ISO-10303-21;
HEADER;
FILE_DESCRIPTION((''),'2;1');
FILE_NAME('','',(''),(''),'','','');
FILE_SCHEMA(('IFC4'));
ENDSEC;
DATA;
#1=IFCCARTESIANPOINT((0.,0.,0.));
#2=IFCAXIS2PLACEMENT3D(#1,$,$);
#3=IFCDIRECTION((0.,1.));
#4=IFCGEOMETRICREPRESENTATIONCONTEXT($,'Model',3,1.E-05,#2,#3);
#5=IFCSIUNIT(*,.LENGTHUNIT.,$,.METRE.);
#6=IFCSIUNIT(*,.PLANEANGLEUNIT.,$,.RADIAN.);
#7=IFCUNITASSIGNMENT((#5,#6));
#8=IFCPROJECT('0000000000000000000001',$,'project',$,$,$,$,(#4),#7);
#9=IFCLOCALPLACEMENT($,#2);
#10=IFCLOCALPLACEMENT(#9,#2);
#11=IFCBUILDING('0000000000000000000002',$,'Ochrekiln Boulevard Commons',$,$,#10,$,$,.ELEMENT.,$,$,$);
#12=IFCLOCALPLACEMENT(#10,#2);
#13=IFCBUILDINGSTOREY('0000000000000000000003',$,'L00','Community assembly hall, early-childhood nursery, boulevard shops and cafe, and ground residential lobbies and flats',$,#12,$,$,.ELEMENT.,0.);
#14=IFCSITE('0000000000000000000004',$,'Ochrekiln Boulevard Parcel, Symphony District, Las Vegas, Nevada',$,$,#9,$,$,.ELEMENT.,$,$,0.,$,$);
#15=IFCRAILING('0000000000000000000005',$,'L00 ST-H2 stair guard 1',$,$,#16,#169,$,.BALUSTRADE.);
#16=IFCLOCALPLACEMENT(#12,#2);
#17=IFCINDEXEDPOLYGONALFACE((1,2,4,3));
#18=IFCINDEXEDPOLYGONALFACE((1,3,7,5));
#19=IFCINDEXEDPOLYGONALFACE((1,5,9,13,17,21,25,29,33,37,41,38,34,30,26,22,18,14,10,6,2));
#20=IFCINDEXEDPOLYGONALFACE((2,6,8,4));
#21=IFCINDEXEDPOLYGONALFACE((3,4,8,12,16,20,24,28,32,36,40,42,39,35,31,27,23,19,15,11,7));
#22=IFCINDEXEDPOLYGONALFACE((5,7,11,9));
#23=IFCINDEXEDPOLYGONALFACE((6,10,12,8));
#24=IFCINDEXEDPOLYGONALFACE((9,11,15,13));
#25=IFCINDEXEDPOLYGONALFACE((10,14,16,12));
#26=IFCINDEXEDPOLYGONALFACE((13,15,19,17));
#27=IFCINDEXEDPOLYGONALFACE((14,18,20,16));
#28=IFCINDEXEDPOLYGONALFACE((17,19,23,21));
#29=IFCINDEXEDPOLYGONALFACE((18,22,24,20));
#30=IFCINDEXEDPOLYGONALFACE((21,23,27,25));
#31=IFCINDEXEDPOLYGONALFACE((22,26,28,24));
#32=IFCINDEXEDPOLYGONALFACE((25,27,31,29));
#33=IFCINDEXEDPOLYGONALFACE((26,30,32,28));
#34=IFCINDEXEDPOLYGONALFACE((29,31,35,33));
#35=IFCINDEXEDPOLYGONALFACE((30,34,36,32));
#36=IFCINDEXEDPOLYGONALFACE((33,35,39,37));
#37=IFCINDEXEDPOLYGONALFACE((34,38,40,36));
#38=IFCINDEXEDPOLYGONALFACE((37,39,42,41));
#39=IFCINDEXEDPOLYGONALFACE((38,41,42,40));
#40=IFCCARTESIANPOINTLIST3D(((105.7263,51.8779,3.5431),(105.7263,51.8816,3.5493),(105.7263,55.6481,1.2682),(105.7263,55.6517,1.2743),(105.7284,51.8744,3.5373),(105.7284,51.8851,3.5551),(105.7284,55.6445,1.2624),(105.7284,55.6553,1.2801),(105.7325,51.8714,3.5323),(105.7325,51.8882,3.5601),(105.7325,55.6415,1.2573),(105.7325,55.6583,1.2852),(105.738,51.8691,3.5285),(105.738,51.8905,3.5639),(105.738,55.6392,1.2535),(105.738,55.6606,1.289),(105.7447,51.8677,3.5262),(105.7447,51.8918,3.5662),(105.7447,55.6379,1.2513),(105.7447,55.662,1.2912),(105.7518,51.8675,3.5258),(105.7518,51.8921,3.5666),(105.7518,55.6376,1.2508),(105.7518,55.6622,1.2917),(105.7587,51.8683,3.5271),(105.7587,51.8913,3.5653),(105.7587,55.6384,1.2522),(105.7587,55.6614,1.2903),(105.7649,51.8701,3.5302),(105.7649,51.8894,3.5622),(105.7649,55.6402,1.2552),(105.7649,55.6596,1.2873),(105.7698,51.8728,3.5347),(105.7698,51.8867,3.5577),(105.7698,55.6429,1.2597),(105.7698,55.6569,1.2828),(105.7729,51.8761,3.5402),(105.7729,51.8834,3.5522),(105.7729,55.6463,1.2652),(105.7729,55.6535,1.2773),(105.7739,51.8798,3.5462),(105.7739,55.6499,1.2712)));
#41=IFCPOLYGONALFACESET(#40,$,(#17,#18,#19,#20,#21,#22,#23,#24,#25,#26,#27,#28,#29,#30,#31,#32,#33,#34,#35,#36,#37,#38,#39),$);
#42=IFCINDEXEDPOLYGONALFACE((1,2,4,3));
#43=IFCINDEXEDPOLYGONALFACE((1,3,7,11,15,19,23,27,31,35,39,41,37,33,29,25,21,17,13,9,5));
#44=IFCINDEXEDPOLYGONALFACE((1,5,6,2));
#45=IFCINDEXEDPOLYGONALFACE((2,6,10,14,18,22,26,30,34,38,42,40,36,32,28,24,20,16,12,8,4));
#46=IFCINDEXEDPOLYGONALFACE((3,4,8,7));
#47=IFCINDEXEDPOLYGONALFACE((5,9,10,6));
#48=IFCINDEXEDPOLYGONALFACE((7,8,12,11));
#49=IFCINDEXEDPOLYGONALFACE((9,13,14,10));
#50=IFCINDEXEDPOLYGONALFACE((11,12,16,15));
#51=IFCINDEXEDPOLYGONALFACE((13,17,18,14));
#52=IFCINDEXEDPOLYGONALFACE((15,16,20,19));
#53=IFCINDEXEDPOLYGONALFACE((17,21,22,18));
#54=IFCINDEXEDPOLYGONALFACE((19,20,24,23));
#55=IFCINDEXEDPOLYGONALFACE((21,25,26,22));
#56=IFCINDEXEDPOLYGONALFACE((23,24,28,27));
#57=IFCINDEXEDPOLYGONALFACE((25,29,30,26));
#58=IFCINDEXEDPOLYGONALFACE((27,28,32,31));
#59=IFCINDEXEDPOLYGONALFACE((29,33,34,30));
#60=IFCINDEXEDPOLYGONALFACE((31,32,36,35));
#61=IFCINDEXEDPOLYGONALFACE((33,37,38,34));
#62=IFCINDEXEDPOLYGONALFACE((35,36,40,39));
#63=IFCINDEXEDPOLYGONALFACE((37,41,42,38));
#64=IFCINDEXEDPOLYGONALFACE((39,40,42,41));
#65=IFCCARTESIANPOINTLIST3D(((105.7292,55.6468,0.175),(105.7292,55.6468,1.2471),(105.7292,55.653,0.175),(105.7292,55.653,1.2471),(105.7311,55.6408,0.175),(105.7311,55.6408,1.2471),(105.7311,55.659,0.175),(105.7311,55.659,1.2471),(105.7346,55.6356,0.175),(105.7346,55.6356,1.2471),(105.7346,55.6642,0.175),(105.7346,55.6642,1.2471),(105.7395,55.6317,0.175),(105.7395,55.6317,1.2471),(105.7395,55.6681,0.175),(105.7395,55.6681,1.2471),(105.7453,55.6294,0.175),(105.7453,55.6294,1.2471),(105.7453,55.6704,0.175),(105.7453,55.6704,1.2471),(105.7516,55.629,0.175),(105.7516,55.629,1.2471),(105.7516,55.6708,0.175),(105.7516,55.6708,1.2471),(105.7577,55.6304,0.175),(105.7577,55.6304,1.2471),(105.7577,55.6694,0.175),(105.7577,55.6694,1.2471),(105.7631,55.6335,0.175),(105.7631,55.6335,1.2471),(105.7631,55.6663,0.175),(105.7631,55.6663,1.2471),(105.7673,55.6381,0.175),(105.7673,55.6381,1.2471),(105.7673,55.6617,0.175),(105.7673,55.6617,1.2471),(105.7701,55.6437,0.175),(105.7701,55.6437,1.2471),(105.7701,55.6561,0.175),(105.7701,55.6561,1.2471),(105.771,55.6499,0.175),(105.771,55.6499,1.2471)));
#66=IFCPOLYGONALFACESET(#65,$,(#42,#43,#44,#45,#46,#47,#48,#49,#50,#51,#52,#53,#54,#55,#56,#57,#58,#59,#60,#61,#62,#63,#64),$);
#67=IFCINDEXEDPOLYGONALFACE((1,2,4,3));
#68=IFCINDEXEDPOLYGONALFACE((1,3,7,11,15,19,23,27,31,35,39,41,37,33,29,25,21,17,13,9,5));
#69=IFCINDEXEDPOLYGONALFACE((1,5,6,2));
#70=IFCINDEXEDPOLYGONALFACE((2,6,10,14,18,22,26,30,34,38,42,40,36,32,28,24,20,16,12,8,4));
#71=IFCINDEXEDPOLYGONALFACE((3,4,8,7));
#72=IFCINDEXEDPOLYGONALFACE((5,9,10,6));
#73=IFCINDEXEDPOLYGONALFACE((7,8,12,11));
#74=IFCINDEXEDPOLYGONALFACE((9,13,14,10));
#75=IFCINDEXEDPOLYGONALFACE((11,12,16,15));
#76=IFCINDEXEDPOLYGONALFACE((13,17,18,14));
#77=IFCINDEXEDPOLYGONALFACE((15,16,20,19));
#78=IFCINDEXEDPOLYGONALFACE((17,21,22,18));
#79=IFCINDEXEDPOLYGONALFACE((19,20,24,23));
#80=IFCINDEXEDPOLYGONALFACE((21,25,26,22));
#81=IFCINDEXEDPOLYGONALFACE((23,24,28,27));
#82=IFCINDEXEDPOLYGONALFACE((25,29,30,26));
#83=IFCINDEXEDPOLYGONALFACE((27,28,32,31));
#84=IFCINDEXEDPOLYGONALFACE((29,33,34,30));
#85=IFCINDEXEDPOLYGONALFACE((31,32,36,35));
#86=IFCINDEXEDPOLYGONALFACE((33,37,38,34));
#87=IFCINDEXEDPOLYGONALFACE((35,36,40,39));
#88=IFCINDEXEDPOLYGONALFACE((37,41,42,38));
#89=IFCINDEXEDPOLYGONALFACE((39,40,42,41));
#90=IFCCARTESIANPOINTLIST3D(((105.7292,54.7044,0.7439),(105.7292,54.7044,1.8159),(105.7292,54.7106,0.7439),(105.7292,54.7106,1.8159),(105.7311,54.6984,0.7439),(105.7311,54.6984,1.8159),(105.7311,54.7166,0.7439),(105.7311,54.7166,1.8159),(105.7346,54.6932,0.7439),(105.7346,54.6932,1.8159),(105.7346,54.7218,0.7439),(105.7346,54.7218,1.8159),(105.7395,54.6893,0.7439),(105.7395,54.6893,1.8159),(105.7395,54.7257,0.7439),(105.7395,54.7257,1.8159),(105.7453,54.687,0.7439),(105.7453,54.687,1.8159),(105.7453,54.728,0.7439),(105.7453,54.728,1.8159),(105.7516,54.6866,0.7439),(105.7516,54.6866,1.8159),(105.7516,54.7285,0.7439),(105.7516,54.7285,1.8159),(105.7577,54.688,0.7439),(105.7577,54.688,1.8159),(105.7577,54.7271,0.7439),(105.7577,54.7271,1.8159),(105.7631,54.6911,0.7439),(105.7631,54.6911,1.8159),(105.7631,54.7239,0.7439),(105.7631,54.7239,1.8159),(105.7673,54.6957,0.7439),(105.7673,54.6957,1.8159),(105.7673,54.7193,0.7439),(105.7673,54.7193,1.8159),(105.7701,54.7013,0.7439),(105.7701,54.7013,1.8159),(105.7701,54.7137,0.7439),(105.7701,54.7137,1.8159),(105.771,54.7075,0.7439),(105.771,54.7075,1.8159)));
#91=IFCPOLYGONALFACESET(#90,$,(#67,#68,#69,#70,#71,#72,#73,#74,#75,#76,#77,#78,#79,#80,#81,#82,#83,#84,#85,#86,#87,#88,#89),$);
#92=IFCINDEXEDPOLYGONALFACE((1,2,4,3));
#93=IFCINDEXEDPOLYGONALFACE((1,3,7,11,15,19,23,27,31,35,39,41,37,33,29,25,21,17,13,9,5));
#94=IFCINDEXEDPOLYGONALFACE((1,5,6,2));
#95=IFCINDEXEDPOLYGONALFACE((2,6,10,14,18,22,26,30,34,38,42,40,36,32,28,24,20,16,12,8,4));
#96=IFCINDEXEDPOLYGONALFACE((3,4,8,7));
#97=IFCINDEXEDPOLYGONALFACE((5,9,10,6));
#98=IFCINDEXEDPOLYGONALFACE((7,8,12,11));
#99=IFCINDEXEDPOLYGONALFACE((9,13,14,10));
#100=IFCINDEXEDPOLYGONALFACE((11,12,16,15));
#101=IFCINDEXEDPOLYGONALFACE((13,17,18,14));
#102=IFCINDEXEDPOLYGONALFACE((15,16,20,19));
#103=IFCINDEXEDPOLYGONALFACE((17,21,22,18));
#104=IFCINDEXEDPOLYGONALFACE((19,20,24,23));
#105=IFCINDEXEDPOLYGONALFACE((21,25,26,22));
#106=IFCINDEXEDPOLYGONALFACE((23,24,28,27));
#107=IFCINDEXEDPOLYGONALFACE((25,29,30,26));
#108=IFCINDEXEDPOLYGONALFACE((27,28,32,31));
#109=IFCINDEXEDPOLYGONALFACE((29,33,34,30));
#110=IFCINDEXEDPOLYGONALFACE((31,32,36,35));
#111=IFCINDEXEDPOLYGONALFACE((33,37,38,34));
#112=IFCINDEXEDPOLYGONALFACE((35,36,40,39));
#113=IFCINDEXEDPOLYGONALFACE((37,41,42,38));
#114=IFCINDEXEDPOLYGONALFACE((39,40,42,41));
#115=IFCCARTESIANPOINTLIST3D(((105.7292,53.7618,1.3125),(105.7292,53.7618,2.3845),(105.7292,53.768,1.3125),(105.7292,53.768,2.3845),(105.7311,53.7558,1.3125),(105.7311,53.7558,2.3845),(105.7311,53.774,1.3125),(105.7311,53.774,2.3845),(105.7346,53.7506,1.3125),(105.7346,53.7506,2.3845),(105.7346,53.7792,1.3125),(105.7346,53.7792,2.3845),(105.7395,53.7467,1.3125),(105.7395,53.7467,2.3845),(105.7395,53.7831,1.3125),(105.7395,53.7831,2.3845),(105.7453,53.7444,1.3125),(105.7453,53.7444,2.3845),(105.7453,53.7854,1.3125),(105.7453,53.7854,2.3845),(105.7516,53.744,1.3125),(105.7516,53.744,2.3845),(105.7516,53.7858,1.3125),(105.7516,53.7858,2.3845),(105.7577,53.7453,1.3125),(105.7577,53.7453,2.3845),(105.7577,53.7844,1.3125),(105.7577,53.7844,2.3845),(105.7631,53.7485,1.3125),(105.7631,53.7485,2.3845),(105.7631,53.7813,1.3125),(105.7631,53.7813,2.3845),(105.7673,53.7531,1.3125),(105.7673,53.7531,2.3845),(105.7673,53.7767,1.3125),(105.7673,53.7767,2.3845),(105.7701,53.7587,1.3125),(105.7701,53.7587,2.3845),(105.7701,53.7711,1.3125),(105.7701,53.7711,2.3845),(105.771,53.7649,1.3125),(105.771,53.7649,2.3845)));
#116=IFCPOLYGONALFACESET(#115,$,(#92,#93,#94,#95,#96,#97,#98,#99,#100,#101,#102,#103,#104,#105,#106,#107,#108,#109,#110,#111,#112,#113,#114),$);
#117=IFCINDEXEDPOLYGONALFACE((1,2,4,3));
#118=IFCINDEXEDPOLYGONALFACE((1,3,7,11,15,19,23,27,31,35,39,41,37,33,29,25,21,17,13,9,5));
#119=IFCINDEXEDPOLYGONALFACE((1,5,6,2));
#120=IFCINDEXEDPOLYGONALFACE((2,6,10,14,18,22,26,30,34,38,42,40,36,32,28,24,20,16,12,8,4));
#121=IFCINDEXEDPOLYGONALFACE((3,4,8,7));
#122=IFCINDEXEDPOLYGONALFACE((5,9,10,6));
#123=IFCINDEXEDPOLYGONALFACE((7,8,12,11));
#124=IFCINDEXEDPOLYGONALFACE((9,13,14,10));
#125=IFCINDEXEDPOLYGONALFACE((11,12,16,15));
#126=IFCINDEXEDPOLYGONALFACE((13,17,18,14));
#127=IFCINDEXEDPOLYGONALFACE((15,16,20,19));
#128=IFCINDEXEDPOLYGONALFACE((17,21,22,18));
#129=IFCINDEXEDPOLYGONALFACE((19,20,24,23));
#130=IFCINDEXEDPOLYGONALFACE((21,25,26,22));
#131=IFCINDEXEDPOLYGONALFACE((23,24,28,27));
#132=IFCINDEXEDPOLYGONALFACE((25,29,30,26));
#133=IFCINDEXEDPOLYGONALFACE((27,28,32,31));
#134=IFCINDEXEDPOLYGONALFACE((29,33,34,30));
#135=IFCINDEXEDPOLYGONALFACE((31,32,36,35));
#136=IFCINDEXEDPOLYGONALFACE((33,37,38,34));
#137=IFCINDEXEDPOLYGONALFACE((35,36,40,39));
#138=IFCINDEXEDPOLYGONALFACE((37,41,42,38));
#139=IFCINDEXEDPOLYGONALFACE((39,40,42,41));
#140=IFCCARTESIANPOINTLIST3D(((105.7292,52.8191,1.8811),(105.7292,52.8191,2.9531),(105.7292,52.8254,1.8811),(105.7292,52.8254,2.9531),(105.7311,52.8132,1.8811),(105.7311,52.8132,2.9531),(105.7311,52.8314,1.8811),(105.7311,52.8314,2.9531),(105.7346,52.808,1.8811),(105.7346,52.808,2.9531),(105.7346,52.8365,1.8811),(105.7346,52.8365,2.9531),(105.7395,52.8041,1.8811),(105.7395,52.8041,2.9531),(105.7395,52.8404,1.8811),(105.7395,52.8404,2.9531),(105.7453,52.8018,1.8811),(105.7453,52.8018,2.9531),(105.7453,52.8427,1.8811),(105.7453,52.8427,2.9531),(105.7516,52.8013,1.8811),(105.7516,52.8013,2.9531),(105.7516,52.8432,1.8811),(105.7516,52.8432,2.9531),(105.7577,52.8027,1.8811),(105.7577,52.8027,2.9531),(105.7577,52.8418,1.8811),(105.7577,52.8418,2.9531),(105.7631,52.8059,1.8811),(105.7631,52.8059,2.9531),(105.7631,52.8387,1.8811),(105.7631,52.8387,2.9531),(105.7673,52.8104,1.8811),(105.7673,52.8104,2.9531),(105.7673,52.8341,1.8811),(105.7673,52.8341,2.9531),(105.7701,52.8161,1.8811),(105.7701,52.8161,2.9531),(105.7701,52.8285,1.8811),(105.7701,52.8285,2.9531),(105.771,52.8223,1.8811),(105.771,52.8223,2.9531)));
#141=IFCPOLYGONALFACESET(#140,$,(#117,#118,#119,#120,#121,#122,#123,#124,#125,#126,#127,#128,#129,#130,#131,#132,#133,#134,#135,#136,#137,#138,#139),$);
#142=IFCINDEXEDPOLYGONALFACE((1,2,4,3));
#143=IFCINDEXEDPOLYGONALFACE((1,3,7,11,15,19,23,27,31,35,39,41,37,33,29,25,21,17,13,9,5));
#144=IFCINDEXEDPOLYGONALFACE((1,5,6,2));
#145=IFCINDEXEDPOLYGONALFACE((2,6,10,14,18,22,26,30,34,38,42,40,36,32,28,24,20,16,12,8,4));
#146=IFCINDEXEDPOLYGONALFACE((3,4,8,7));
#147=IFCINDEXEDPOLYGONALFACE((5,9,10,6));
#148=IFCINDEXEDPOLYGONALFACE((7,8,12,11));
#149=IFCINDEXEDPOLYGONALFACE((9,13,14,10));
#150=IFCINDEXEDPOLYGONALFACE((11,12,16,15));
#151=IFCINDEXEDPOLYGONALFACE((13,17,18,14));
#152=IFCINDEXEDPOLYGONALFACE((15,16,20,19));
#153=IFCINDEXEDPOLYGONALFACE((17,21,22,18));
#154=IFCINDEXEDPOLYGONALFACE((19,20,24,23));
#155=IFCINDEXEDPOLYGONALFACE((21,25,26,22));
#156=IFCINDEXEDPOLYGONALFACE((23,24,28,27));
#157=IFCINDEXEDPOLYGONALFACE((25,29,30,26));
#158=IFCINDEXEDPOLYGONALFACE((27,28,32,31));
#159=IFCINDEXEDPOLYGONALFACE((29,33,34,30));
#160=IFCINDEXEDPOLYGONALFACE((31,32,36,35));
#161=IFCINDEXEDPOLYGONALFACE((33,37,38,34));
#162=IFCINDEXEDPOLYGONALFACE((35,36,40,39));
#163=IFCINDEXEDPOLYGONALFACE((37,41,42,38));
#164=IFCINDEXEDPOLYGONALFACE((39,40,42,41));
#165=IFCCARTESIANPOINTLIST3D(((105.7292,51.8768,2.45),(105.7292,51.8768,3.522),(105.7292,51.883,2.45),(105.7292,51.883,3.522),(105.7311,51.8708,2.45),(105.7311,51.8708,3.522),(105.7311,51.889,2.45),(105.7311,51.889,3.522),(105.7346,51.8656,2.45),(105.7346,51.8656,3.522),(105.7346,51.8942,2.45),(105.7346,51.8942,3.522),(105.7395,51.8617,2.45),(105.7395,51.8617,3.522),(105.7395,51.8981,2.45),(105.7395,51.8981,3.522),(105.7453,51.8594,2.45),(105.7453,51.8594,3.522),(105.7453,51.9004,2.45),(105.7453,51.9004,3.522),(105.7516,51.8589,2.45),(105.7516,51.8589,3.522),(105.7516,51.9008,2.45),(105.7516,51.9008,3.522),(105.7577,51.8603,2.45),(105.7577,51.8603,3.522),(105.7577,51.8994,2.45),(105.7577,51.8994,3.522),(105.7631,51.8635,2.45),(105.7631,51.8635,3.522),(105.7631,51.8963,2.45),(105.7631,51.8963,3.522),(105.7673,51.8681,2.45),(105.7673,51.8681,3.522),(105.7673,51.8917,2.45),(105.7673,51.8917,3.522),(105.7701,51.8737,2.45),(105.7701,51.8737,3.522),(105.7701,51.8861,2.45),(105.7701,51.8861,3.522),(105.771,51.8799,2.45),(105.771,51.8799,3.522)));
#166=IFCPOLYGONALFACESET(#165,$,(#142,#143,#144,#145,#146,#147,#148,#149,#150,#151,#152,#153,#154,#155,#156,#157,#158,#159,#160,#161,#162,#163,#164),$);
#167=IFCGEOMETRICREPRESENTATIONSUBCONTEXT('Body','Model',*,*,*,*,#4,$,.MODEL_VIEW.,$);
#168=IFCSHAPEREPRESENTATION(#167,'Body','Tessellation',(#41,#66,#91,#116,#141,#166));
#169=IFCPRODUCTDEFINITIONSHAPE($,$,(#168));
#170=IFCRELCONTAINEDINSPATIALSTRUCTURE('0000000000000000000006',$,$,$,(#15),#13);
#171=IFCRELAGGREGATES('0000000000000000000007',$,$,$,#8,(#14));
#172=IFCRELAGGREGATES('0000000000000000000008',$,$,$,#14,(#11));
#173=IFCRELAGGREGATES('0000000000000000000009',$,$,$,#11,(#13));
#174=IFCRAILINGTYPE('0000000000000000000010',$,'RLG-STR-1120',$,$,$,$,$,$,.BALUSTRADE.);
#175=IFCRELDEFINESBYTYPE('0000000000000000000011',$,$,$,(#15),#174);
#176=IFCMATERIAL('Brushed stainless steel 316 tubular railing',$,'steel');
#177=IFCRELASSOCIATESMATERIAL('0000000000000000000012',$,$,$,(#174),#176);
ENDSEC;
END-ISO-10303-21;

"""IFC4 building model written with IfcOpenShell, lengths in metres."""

from ifc_helpers import new_model, si_unit, direction, frame, origin, origin_2d, place, context, subcontext, project, spatial, circle, extrude, material, type_object, element, save


model = new_model("IFC4")

# Units and contexts
model_context = context("Model", 3, precision=1e-05, world=origin(), true_north=direction((0.0, 1.0)))
body_context = subcontext(model_context, "Body", "Model", "MODEL_VIEW")
ifc_project = project(units=[si_unit("LENGTHUNIT", "METRE"), si_unit("PLANEANGLEUNIT", "RADIAN")], contexts=[model_context])

# Site, building, storey
site_placement = place(None, origin())
site = spatial("IfcSite", under=ifc_project, at=site_placement, Name="Ochrekiln Boulevard Parcel, Symphony District, Las Vegas, Nevada", CompositionType="ELEMENT", RefElevation=0.0)
building_placement = place(site_placement, origin())
building = spatial("IfcBuilding", under=site, at=building_placement, Name="Ochrekiln Boulevard Commons", CompositionType="ELEMENT")
storey_placement = place(building_placement, origin())
storey = spatial("IfcBuildingStorey", under=building, at=storey_placement, Name="L00", Description="Community assembly hall, early-childhood nursery, boulevard shops and cafe, and ground residential lobbies and flats", CompositionType="ELEMENT", Elevation=0.0)

# Railing
ifc_material_1 = material(Name="Brushed stainless steel 316 tubular railing", Category="steel")
railing_type_1 = type_object("IfcRailingType", Name="RLG-STR-1120", PredefinedType="BALUSTRADE", material=ifc_material_1)
railing_1_placement = place(storey_placement, frame((105.75, 55.6499, 0.175)))
element("IfcRailing", 1, at=railing_1_placement, inside=storey, type_object=railing_type_1, Name="L00 ST-H2 stair guard 1", PredefinedType="BALUSTRADE", context=body_context, shape_type="SweptSolid", body=[
    extrude(circle(Radius=0.0239, at=origin_2d()), frame((0.0, 0.0, 1.0962), z_axis=(0.0, -0.856199, 0.516647), x_axis=(1.0, 0.0, 0.0)), (0.0, 0.0, 1.0), 4.4033),
    extrude(circle(Radius=0.021, at=origin_2d()), origin(), (0.0, 0.0, 1.0), 1.072),
    extrude(circle(Radius=0.021, at=origin_2d()), frame((0.0, -0.9424, 0.5688)), (0.0, 0.0, 1.0), 1.072),
    extrude(circle(Radius=0.021, at=origin_2d()), frame((0.0, -1.885, 1.1375)), (0.0, 0.0, 1.0), 1.072),
    extrude(circle(Radius=0.021, at=origin_2d()), frame((0.0, -2.8276, 1.7061)), (0.0, 0.0, 1.0), 1.072),
    extrude(circle(Radius=0.021, at=origin_2d()), frame((0.0, -3.77, 2.2749)), (0.0, 0.0, 1.0), 1.072),
])

save(model, "model.ifc")
